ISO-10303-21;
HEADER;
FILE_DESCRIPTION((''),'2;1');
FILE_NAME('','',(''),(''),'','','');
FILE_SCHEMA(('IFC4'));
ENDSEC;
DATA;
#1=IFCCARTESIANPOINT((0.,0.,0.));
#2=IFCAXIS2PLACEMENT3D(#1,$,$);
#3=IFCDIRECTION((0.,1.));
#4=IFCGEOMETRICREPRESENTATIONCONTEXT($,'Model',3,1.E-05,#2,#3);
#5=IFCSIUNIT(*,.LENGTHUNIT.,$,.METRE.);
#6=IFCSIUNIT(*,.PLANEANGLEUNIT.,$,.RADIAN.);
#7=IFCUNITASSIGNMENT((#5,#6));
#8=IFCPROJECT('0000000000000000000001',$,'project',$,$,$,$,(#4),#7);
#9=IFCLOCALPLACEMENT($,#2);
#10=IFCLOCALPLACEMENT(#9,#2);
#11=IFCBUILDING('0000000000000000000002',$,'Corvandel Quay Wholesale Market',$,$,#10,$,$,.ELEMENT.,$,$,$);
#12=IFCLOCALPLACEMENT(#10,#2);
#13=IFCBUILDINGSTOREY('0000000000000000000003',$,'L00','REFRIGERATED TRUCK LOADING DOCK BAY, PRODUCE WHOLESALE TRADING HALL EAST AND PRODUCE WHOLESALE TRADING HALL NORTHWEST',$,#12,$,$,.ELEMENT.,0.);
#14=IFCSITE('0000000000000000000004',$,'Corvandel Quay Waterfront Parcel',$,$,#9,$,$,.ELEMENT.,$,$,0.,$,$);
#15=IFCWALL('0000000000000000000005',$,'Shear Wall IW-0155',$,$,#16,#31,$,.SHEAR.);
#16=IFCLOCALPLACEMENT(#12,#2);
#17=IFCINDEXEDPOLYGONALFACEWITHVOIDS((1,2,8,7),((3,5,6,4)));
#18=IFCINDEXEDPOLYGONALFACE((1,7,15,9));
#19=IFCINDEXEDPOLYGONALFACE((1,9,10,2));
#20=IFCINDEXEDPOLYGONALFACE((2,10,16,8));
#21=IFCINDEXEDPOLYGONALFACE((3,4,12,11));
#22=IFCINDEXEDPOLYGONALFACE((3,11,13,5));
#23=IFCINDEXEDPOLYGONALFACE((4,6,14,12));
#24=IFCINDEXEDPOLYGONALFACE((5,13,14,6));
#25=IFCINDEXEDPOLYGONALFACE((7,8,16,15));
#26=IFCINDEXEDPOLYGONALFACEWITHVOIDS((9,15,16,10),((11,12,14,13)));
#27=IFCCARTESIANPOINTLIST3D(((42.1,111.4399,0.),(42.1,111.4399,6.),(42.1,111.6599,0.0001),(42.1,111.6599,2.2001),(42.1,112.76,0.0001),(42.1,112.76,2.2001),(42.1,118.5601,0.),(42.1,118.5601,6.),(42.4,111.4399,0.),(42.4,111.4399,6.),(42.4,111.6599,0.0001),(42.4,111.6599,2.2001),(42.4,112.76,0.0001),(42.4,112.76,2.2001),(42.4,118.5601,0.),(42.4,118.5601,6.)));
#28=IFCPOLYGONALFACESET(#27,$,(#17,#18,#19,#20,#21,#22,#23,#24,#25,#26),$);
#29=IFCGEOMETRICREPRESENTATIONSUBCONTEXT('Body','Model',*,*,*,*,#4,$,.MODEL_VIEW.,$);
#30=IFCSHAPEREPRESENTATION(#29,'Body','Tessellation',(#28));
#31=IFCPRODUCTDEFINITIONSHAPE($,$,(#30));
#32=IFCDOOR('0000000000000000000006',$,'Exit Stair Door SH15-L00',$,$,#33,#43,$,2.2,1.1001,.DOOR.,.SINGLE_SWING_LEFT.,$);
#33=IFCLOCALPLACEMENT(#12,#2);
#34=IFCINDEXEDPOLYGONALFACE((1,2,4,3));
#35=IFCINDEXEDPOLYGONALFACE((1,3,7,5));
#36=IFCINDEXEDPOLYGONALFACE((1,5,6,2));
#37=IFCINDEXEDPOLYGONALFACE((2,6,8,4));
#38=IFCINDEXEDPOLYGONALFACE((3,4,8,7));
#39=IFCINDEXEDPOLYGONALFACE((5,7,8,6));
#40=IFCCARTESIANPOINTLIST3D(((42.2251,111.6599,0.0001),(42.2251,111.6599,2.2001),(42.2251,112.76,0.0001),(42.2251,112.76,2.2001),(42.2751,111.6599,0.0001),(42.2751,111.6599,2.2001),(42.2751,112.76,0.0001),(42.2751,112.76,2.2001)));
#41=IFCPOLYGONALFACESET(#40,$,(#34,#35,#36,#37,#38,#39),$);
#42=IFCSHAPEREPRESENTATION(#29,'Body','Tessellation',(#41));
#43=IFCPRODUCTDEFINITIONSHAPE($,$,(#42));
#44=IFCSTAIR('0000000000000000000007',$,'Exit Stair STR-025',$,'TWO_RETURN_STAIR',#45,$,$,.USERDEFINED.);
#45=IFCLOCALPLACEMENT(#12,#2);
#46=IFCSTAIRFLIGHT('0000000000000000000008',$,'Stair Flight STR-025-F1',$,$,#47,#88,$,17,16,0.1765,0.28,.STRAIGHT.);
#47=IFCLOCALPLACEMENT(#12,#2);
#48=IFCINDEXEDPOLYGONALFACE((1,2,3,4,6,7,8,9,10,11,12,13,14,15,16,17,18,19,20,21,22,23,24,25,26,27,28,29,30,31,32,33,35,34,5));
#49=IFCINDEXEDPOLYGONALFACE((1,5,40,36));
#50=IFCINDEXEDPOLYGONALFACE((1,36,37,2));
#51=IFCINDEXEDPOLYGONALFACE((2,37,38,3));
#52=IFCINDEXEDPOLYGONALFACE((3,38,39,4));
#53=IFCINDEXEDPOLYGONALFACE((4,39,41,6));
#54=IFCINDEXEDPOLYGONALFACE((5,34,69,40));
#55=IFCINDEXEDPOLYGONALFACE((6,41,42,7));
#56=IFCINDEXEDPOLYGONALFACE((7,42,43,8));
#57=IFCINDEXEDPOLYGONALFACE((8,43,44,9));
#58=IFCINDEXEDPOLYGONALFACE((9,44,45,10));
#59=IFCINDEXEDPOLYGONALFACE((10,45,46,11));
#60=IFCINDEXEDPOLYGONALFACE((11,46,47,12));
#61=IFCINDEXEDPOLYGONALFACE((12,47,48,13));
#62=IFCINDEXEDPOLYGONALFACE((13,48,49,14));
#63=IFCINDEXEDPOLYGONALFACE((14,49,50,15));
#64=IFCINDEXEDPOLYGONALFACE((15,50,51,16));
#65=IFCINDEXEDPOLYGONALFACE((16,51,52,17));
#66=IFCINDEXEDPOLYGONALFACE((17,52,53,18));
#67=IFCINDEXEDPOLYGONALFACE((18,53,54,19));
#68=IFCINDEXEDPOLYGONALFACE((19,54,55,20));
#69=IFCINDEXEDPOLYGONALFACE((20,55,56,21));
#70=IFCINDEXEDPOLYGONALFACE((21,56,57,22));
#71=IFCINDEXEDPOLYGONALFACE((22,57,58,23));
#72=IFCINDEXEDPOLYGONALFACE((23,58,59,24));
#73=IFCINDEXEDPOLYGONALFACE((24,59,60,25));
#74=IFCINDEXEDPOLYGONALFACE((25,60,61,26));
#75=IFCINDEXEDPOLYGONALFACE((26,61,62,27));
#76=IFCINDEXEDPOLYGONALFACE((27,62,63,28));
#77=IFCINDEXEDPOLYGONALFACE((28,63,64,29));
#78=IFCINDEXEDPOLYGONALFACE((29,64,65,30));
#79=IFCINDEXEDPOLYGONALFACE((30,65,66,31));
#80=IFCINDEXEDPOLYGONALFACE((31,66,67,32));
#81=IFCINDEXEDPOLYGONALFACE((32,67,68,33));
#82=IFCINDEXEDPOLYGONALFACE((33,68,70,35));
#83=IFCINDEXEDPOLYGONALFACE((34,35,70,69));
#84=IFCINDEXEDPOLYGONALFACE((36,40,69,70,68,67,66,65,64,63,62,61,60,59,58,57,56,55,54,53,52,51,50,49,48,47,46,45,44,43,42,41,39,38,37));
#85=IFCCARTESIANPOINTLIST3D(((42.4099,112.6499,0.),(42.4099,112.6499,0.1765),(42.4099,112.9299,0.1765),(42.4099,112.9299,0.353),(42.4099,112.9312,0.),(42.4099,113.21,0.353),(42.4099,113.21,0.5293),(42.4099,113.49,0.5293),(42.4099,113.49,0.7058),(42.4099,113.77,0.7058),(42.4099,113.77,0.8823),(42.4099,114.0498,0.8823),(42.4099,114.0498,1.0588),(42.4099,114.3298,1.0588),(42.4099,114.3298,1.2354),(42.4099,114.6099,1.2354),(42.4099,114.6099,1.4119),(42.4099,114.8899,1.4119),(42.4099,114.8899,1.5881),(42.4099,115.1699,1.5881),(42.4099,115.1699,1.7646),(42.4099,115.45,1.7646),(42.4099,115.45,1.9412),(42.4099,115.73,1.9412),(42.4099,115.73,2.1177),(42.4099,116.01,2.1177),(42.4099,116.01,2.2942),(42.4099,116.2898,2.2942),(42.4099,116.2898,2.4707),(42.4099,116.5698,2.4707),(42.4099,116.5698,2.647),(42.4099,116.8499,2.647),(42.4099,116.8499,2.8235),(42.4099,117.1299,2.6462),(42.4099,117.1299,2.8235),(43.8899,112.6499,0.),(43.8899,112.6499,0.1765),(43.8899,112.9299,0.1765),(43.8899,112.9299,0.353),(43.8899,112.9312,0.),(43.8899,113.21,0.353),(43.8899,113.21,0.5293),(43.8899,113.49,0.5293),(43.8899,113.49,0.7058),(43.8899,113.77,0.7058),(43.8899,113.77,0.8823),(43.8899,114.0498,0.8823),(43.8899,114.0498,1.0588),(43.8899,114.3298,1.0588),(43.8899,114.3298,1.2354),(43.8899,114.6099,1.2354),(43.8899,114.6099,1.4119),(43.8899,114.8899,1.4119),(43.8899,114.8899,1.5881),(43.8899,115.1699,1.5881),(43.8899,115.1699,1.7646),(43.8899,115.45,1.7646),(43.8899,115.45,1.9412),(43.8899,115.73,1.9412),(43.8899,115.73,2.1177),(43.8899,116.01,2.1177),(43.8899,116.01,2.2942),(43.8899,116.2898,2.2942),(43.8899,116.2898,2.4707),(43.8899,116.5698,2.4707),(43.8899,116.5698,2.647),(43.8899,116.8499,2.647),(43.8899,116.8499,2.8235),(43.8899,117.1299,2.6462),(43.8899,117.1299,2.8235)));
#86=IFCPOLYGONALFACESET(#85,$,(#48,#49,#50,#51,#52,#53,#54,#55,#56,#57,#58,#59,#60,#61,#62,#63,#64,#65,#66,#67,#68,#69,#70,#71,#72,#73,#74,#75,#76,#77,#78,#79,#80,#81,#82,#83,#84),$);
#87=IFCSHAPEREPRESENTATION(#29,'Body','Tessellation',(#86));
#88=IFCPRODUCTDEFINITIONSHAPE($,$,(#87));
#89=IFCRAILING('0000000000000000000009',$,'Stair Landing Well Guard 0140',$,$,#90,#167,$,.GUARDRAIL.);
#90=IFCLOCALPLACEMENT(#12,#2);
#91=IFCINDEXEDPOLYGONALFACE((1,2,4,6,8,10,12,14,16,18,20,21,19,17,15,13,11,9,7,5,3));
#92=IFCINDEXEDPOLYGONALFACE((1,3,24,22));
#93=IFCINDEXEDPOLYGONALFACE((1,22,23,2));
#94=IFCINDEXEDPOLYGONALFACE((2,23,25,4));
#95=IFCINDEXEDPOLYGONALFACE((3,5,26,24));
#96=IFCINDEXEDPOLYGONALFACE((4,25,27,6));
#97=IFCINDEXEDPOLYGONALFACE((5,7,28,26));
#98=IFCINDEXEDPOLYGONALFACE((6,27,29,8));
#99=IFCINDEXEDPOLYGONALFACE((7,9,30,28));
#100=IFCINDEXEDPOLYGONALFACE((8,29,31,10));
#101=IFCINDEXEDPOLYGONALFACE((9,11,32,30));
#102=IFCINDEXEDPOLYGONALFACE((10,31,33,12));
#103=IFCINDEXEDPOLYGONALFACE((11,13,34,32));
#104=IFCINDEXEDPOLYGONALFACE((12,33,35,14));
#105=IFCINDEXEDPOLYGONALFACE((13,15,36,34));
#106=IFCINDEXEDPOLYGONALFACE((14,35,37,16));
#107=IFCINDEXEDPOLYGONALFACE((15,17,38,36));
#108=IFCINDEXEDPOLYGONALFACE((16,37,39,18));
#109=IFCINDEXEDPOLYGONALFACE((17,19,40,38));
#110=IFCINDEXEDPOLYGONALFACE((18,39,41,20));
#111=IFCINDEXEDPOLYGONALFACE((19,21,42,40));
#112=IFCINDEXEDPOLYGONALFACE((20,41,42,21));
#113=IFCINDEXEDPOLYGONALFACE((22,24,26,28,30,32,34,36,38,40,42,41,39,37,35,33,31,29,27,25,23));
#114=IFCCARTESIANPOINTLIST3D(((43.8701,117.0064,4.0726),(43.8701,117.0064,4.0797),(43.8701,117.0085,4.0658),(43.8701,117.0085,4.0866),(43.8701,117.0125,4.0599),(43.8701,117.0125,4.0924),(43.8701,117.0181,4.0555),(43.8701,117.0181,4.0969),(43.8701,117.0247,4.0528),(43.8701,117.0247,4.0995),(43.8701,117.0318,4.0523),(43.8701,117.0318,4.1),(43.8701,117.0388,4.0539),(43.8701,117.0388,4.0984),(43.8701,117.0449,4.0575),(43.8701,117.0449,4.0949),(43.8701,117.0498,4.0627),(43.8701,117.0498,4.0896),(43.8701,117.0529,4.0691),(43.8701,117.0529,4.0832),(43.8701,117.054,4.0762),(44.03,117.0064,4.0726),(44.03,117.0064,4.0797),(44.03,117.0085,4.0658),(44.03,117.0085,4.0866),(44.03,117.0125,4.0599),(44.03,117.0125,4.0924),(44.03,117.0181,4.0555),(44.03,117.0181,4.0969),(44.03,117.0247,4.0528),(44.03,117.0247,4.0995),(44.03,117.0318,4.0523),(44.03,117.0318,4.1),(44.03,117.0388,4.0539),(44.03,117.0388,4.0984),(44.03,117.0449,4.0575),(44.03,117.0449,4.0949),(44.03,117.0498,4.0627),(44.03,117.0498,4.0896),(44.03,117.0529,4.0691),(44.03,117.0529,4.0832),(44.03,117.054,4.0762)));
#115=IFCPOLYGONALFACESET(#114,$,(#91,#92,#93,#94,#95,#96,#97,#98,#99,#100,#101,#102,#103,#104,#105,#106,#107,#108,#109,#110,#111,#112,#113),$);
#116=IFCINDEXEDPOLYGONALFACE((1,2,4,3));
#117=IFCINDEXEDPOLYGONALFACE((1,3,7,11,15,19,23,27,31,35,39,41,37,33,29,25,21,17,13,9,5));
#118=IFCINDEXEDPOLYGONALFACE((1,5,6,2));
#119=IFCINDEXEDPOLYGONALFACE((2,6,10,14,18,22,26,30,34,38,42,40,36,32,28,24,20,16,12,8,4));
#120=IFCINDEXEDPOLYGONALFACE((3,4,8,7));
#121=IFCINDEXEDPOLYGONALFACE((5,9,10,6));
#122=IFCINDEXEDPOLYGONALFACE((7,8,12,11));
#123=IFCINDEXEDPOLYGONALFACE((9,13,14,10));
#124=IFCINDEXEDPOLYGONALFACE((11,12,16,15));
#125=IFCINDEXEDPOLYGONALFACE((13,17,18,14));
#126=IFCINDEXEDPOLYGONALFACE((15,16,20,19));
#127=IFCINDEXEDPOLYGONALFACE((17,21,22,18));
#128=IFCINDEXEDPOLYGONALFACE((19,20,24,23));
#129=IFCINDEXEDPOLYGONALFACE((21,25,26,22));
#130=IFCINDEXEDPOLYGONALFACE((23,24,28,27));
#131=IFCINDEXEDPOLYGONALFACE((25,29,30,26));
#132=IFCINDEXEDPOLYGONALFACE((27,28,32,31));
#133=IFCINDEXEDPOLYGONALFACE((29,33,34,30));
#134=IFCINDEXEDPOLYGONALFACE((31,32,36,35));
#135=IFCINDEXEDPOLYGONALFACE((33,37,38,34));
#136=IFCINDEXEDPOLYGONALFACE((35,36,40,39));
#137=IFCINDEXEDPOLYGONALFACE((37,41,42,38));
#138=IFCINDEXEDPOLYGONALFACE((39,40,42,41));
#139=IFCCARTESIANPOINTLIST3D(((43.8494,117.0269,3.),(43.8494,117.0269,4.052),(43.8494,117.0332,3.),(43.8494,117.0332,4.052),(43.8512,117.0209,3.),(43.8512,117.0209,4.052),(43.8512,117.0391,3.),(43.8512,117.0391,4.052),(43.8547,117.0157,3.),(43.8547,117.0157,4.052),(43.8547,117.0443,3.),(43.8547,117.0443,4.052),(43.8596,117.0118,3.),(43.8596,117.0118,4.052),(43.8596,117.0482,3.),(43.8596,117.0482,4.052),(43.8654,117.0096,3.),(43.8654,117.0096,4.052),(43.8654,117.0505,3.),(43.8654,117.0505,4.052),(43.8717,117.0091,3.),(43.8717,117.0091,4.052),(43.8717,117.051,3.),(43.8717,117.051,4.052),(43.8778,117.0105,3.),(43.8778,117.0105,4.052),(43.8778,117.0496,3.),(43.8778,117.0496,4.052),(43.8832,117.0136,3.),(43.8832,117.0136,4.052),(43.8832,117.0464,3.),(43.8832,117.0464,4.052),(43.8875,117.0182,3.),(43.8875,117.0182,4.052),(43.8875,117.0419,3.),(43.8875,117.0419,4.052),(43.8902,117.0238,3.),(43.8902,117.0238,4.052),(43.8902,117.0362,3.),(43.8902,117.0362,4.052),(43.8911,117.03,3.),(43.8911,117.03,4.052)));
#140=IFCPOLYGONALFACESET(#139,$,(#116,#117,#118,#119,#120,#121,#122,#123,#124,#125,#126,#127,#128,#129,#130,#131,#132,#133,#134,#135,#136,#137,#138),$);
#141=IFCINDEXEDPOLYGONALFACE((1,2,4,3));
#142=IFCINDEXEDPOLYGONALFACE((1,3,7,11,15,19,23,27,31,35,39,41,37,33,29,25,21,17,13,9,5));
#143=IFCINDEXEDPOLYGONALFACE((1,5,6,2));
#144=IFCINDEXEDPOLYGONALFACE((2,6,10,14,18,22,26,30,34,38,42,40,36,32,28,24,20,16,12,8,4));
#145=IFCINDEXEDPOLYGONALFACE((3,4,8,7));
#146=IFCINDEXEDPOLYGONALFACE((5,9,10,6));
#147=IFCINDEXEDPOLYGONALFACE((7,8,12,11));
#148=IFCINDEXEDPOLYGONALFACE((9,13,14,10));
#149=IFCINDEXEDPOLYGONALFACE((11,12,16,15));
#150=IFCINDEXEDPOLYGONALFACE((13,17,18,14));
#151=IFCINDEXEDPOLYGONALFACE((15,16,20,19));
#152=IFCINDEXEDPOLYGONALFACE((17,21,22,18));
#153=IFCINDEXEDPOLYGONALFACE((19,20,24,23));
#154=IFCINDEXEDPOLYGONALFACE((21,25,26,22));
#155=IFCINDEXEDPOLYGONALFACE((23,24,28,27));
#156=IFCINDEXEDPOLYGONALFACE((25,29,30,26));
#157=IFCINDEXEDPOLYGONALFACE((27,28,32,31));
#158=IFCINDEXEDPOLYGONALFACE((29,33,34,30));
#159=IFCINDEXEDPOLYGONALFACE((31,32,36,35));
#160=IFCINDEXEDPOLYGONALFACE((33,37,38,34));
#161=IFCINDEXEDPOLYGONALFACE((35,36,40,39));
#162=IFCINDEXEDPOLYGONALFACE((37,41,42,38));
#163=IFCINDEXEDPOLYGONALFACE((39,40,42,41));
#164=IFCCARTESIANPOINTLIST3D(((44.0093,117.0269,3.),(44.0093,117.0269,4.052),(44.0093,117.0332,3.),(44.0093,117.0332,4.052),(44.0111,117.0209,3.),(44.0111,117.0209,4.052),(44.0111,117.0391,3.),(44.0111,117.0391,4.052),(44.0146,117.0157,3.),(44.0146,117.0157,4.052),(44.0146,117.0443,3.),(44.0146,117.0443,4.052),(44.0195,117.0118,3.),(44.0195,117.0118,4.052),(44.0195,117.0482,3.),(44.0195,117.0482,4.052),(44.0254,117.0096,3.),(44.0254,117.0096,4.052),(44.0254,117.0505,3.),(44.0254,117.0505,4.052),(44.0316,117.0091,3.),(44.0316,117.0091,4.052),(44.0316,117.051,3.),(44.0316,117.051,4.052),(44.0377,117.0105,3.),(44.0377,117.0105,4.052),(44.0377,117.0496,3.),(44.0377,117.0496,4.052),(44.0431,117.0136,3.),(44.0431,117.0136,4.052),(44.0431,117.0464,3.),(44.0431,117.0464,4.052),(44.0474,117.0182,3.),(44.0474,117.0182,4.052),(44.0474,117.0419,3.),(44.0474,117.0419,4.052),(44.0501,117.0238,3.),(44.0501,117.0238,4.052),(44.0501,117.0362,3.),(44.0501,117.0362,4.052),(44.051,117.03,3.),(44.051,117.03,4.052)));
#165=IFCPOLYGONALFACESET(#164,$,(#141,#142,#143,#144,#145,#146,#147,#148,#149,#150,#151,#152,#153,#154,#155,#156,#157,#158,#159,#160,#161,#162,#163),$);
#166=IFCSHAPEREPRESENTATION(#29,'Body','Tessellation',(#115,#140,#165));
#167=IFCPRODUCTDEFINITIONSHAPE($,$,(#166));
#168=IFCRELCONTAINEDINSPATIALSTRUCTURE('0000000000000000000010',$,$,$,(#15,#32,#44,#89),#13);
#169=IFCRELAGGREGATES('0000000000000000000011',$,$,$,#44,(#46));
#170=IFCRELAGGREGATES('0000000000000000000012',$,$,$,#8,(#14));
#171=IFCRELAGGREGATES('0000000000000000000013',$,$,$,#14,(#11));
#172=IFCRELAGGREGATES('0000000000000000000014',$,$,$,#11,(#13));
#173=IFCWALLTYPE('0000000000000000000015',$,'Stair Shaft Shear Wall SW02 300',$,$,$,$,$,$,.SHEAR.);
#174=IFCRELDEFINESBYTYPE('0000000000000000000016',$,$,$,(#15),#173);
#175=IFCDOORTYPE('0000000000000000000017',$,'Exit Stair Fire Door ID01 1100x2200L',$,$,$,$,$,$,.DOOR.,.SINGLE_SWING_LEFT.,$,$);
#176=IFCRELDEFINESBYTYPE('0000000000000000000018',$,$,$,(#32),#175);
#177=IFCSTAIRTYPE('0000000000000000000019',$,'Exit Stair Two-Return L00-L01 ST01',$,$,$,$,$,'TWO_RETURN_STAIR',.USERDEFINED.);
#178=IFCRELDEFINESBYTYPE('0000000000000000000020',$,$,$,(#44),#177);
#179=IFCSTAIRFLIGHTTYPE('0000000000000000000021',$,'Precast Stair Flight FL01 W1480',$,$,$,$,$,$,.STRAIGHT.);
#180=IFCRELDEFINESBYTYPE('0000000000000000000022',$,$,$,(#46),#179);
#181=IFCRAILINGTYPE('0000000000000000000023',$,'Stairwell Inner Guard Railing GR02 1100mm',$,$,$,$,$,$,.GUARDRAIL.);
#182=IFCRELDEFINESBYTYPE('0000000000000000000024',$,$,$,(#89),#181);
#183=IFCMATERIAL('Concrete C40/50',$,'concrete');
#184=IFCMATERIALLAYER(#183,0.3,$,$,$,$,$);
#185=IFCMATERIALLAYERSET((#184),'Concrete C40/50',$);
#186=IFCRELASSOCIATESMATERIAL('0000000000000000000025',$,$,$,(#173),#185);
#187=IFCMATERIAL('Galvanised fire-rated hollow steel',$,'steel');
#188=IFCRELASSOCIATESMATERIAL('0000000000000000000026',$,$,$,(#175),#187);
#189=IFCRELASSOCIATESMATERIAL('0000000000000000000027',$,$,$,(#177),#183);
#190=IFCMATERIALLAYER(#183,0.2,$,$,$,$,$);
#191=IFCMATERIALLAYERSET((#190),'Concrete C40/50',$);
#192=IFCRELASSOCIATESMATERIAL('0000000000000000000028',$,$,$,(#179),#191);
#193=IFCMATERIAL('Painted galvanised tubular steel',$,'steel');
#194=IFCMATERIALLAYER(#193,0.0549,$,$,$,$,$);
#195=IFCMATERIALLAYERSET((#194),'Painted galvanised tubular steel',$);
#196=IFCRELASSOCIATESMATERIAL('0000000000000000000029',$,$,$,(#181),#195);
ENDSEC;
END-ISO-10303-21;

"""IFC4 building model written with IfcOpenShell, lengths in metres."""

from ifc_helpers import new_model, si_unit, direction, frame, frame_2d, origin, origin_2d, place, context, subcontext, project, spatial, polyline, rectangle, circle, outline, extrude, material, layer, layer_set, type_object, element, fill, aggregate, save


model = new_model("IFC4")

# Units and contexts
model_context = context("Model", 3, precision=1e-05, world=origin(), true_north=direction((0.0, 1.0)))
body_context = subcontext(model_context, "Body", "Model", "MODEL_VIEW")
ifc_project = project(units=[si_unit("LENGTHUNIT", "METRE"), si_unit("PLANEANGLEUNIT", "RADIAN")], contexts=[model_context])

# Site, building, storey
site_placement = place(None, origin())
site = spatial("IfcSite", under=ifc_project, at=site_placement, Name="Corvandel Quay Waterfront Parcel", CompositionType="ELEMENT", RefElevation=0.0)
building_placement = place(site_placement, origin())
building = spatial("IfcBuilding", under=site, at=building_placement, Name="Corvandel Quay Wholesale Market", CompositionType="ELEMENT")
storey_placement = place(building_placement, origin())
storey = spatial("IfcBuildingStorey", under=building, at=storey_placement, Name="L00", Description="REFRIGERATED TRUCK LOADING DOCK BAY, PRODUCE WHOLESALE TRADING HALL EAST AND PRODUCE WHOLESALE TRADING HALL NORTHWEST", CompositionType="ELEMENT", Elevation=0.0)

# Shared definitions
ifc_material_1 = material(Name="Concrete C40/50", Category="concrete")

# Shared definitions
ifc_layer_1 = layer(ifc_material_1, 0.3)
ifc_layer_set_1 = layer_set([ifc_layer_1], Name="Concrete C40/50")
wall_type = type_object("IfcWallType", Name="Stair Shaft Shear Wall SW02 300", PredefinedType="SHEAR", material=ifc_layer_set_1)

# Wall, opening, door
wall_placement = place(storey_placement, frame((42.25, 111.4399, 0.0), z_axis=(0.0, 0.0, 1.0), x_axis=(0.0, 1.0, 0.0)))
wall = element("IfcWall", 1, at=wall_placement, inside=storey, type_object=wall_type, Name="Shear Wall IW-0155", PredefinedType="SHEAR", context=body_context, shape_type="SweptSolid", body=[
    extrude(rectangle(XDim=7.1201, YDim=0.3, at=frame_2d((3.5601, 0.0))), origin(), (0.0, 0.0, 1.0), 6.0),
])
opening_placement = place(wall_placement, frame((0.22, 0.0, 0.0)))
opening = element("IfcOpeningElement", 2, at=opening_placement, cuts=wall, PredefinedType="OPENING", context=body_context, shape_type="SweptSolid", body=[
    extrude(rectangle(XDim=1.1001, YDim=2.2, at=frame_2d((0.55, 1.1001))), frame((0.0, 0.1599, 0.0), z_axis=(0.0, -1.0, 0.0), x_axis=(1.0, 0.0, 0.0)), (0.0, 0.0, 1.0), 0.3201),
])
ifc_material_2 = material(Name="Galvanised fire-rated hollow steel", Category="steel")
door_type = type_object("IfcDoorType", Name="Exit Stair Fire Door ID01 1100x2200L", OperationType="SINGLE_SWING_LEFT", PredefinedType="DOOR", material=ifc_material_2)
door_placement = place(opening_placement, origin())
door = element("IfcDoor", 3, at=door_placement, inside=storey, type_object=door_type, Name="Exit Stair Door SH15-L00", OperationType="SINGLE_SWING_LEFT", OverallHeight=2.2, OverallWidth=1.1001, PredefinedType="DOOR", context=body_context, shape_type="SweptSolid", body=[
    extrude(rectangle(XDim=1.1001, YDim=2.2, at=frame_2d((0.55, 1.1001))), frame((0.0, 0.0249, 0.0), z_axis=(0.0, -1.0, 0.0), x_axis=(1.0, 0.0, 0.0)), (0.0, 0.0, 1.0), 0.05),
])
fill(opening, door)

# Stair, stair flight
stair_type = type_object("IfcStairType", Name="Exit Stair Two-Return L00-L01 ST01", ElementType="TWO_RETURN_STAIR", PredefinedType="USERDEFINED", material=ifc_material_1)
stair_placement = place(storey_placement, origin())
stair = element("IfcStair", 4, at=stair_placement, inside=storey, type_object=stair_type, Name="Exit Stair STR-025", ObjectType="TWO_RETURN_STAIR", PredefinedType="USERDEFINED")
ifc_layer_2 = layer(ifc_material_1, 0.2)
ifc_layer_set_2 = layer_set([ifc_layer_2], Name="Concrete C40/50")
stair_flight_type = type_object("IfcStairFlightType", Name="Precast Stair Flight FL01 W1480", PredefinedType="STRAIGHT", material=ifc_layer_set_2)
stair_flight_placement = place(storey_placement, frame((43.1499, 112.6499, 0.0), z_axis=(0.0, 0.0, 1.0), x_axis=(0.0, 1.0, 0.0)))
stair_flight = element("IfcStairFlight", 5, at=stair_flight_placement, type_object=stair_flight_type, Name="Stair Flight STR-025-F1", NumberOfRisers=17, NumberOfTreads=16, PredefinedType="STRAIGHT", RiserHeight=0.1765, TreadLength=0.28, context=body_context, shape_type="SweptSolid", body=[
    extrude(outline(polyline([(0.0, 0.0), (0.0, 0.1765), (0.28, 0.1765), (0.28, 0.353), (0.5601, 0.353), (0.5601, 0.5293), (0.8401, 0.5293), (0.8401, 0.7058), (1.1201, 0.7058), (1.1201, 0.8823), (1.3999, 0.8823), (1.3999, 1.0588), (1.6799, 1.0588), (1.6799, 1.2354), (1.96, 1.2354), (1.96, 1.4119), (2.24, 1.4119), (2.24, 1.5881), (2.52, 1.5881), (2.52, 1.7646), (2.8, 1.7646), (2.8, 1.9412), (3.0801, 1.9412), (3.0801, 2.1177), (3.3601, 2.1177), (3.3601, 2.2942), (3.6399, 2.2942), (3.6399, 2.4707), (3.9199, 2.4707), (3.9199, 2.647), (4.2, 2.647), (4.2, 2.8235), (4.48, 2.8235), (4.48, 3.0), (4.48, 2.6462), (0.2812, 0.0), (0.0, 0.0)])), frame((0.0, 0.74, 0.0), z_axis=(0.0, -1.0, 0.0), x_axis=(1.0, 0.0, 0.0)), (0.0, 0.0, 1.0), 1.48),
])
aggregate(stair, [stair_flight])

# Railing
ifc_material_3 = material(Name="Painted galvanised tubular steel", Category="steel")
ifc_layer_3 = layer(ifc_material_3, 0.0549)
ifc_layer_set_3 = layer_set([ifc_layer_3], Name="Painted galvanised tubular steel")
railing_type_1 = type_object("IfcRailingType", Name="Stairwell Inner Guard Railing GR02 1100mm", PredefinedType="GUARDRAIL", material=ifc_layer_set_3)
railing_1_placement = place(storey_placement, frame((43.8701, 117.03, 3.0)))
element("IfcRailing", 6, at=railing_1_placement, inside=storey, type_object=railing_type_1, Name="Stair Landing Well Guard 0140", PredefinedType="GUARDRAIL", context=body_context, shape_type="SweptSolid", body=[
    extrude(circle(Radius=0.0239, at=origin_2d()), frame((0.0, 0.0, 1.0762), z_axis=(1.0, 0.0, 0.0), x_axis=(0.0, 1.0, 0.0)), (0.0, 0.0, 1.0), 0.1599),
    extrude(circle(Radius=0.021, at=origin_2d()), origin(), (0.0, 0.0, 1.0), 1.052),
    extrude(circle(Radius=0.021, at=origin_2d()), frame((0.1599, 0.0, 0.0)), (0.0, 0.0, 1.0), 1.052),
])

save(model, "model.ifc")
